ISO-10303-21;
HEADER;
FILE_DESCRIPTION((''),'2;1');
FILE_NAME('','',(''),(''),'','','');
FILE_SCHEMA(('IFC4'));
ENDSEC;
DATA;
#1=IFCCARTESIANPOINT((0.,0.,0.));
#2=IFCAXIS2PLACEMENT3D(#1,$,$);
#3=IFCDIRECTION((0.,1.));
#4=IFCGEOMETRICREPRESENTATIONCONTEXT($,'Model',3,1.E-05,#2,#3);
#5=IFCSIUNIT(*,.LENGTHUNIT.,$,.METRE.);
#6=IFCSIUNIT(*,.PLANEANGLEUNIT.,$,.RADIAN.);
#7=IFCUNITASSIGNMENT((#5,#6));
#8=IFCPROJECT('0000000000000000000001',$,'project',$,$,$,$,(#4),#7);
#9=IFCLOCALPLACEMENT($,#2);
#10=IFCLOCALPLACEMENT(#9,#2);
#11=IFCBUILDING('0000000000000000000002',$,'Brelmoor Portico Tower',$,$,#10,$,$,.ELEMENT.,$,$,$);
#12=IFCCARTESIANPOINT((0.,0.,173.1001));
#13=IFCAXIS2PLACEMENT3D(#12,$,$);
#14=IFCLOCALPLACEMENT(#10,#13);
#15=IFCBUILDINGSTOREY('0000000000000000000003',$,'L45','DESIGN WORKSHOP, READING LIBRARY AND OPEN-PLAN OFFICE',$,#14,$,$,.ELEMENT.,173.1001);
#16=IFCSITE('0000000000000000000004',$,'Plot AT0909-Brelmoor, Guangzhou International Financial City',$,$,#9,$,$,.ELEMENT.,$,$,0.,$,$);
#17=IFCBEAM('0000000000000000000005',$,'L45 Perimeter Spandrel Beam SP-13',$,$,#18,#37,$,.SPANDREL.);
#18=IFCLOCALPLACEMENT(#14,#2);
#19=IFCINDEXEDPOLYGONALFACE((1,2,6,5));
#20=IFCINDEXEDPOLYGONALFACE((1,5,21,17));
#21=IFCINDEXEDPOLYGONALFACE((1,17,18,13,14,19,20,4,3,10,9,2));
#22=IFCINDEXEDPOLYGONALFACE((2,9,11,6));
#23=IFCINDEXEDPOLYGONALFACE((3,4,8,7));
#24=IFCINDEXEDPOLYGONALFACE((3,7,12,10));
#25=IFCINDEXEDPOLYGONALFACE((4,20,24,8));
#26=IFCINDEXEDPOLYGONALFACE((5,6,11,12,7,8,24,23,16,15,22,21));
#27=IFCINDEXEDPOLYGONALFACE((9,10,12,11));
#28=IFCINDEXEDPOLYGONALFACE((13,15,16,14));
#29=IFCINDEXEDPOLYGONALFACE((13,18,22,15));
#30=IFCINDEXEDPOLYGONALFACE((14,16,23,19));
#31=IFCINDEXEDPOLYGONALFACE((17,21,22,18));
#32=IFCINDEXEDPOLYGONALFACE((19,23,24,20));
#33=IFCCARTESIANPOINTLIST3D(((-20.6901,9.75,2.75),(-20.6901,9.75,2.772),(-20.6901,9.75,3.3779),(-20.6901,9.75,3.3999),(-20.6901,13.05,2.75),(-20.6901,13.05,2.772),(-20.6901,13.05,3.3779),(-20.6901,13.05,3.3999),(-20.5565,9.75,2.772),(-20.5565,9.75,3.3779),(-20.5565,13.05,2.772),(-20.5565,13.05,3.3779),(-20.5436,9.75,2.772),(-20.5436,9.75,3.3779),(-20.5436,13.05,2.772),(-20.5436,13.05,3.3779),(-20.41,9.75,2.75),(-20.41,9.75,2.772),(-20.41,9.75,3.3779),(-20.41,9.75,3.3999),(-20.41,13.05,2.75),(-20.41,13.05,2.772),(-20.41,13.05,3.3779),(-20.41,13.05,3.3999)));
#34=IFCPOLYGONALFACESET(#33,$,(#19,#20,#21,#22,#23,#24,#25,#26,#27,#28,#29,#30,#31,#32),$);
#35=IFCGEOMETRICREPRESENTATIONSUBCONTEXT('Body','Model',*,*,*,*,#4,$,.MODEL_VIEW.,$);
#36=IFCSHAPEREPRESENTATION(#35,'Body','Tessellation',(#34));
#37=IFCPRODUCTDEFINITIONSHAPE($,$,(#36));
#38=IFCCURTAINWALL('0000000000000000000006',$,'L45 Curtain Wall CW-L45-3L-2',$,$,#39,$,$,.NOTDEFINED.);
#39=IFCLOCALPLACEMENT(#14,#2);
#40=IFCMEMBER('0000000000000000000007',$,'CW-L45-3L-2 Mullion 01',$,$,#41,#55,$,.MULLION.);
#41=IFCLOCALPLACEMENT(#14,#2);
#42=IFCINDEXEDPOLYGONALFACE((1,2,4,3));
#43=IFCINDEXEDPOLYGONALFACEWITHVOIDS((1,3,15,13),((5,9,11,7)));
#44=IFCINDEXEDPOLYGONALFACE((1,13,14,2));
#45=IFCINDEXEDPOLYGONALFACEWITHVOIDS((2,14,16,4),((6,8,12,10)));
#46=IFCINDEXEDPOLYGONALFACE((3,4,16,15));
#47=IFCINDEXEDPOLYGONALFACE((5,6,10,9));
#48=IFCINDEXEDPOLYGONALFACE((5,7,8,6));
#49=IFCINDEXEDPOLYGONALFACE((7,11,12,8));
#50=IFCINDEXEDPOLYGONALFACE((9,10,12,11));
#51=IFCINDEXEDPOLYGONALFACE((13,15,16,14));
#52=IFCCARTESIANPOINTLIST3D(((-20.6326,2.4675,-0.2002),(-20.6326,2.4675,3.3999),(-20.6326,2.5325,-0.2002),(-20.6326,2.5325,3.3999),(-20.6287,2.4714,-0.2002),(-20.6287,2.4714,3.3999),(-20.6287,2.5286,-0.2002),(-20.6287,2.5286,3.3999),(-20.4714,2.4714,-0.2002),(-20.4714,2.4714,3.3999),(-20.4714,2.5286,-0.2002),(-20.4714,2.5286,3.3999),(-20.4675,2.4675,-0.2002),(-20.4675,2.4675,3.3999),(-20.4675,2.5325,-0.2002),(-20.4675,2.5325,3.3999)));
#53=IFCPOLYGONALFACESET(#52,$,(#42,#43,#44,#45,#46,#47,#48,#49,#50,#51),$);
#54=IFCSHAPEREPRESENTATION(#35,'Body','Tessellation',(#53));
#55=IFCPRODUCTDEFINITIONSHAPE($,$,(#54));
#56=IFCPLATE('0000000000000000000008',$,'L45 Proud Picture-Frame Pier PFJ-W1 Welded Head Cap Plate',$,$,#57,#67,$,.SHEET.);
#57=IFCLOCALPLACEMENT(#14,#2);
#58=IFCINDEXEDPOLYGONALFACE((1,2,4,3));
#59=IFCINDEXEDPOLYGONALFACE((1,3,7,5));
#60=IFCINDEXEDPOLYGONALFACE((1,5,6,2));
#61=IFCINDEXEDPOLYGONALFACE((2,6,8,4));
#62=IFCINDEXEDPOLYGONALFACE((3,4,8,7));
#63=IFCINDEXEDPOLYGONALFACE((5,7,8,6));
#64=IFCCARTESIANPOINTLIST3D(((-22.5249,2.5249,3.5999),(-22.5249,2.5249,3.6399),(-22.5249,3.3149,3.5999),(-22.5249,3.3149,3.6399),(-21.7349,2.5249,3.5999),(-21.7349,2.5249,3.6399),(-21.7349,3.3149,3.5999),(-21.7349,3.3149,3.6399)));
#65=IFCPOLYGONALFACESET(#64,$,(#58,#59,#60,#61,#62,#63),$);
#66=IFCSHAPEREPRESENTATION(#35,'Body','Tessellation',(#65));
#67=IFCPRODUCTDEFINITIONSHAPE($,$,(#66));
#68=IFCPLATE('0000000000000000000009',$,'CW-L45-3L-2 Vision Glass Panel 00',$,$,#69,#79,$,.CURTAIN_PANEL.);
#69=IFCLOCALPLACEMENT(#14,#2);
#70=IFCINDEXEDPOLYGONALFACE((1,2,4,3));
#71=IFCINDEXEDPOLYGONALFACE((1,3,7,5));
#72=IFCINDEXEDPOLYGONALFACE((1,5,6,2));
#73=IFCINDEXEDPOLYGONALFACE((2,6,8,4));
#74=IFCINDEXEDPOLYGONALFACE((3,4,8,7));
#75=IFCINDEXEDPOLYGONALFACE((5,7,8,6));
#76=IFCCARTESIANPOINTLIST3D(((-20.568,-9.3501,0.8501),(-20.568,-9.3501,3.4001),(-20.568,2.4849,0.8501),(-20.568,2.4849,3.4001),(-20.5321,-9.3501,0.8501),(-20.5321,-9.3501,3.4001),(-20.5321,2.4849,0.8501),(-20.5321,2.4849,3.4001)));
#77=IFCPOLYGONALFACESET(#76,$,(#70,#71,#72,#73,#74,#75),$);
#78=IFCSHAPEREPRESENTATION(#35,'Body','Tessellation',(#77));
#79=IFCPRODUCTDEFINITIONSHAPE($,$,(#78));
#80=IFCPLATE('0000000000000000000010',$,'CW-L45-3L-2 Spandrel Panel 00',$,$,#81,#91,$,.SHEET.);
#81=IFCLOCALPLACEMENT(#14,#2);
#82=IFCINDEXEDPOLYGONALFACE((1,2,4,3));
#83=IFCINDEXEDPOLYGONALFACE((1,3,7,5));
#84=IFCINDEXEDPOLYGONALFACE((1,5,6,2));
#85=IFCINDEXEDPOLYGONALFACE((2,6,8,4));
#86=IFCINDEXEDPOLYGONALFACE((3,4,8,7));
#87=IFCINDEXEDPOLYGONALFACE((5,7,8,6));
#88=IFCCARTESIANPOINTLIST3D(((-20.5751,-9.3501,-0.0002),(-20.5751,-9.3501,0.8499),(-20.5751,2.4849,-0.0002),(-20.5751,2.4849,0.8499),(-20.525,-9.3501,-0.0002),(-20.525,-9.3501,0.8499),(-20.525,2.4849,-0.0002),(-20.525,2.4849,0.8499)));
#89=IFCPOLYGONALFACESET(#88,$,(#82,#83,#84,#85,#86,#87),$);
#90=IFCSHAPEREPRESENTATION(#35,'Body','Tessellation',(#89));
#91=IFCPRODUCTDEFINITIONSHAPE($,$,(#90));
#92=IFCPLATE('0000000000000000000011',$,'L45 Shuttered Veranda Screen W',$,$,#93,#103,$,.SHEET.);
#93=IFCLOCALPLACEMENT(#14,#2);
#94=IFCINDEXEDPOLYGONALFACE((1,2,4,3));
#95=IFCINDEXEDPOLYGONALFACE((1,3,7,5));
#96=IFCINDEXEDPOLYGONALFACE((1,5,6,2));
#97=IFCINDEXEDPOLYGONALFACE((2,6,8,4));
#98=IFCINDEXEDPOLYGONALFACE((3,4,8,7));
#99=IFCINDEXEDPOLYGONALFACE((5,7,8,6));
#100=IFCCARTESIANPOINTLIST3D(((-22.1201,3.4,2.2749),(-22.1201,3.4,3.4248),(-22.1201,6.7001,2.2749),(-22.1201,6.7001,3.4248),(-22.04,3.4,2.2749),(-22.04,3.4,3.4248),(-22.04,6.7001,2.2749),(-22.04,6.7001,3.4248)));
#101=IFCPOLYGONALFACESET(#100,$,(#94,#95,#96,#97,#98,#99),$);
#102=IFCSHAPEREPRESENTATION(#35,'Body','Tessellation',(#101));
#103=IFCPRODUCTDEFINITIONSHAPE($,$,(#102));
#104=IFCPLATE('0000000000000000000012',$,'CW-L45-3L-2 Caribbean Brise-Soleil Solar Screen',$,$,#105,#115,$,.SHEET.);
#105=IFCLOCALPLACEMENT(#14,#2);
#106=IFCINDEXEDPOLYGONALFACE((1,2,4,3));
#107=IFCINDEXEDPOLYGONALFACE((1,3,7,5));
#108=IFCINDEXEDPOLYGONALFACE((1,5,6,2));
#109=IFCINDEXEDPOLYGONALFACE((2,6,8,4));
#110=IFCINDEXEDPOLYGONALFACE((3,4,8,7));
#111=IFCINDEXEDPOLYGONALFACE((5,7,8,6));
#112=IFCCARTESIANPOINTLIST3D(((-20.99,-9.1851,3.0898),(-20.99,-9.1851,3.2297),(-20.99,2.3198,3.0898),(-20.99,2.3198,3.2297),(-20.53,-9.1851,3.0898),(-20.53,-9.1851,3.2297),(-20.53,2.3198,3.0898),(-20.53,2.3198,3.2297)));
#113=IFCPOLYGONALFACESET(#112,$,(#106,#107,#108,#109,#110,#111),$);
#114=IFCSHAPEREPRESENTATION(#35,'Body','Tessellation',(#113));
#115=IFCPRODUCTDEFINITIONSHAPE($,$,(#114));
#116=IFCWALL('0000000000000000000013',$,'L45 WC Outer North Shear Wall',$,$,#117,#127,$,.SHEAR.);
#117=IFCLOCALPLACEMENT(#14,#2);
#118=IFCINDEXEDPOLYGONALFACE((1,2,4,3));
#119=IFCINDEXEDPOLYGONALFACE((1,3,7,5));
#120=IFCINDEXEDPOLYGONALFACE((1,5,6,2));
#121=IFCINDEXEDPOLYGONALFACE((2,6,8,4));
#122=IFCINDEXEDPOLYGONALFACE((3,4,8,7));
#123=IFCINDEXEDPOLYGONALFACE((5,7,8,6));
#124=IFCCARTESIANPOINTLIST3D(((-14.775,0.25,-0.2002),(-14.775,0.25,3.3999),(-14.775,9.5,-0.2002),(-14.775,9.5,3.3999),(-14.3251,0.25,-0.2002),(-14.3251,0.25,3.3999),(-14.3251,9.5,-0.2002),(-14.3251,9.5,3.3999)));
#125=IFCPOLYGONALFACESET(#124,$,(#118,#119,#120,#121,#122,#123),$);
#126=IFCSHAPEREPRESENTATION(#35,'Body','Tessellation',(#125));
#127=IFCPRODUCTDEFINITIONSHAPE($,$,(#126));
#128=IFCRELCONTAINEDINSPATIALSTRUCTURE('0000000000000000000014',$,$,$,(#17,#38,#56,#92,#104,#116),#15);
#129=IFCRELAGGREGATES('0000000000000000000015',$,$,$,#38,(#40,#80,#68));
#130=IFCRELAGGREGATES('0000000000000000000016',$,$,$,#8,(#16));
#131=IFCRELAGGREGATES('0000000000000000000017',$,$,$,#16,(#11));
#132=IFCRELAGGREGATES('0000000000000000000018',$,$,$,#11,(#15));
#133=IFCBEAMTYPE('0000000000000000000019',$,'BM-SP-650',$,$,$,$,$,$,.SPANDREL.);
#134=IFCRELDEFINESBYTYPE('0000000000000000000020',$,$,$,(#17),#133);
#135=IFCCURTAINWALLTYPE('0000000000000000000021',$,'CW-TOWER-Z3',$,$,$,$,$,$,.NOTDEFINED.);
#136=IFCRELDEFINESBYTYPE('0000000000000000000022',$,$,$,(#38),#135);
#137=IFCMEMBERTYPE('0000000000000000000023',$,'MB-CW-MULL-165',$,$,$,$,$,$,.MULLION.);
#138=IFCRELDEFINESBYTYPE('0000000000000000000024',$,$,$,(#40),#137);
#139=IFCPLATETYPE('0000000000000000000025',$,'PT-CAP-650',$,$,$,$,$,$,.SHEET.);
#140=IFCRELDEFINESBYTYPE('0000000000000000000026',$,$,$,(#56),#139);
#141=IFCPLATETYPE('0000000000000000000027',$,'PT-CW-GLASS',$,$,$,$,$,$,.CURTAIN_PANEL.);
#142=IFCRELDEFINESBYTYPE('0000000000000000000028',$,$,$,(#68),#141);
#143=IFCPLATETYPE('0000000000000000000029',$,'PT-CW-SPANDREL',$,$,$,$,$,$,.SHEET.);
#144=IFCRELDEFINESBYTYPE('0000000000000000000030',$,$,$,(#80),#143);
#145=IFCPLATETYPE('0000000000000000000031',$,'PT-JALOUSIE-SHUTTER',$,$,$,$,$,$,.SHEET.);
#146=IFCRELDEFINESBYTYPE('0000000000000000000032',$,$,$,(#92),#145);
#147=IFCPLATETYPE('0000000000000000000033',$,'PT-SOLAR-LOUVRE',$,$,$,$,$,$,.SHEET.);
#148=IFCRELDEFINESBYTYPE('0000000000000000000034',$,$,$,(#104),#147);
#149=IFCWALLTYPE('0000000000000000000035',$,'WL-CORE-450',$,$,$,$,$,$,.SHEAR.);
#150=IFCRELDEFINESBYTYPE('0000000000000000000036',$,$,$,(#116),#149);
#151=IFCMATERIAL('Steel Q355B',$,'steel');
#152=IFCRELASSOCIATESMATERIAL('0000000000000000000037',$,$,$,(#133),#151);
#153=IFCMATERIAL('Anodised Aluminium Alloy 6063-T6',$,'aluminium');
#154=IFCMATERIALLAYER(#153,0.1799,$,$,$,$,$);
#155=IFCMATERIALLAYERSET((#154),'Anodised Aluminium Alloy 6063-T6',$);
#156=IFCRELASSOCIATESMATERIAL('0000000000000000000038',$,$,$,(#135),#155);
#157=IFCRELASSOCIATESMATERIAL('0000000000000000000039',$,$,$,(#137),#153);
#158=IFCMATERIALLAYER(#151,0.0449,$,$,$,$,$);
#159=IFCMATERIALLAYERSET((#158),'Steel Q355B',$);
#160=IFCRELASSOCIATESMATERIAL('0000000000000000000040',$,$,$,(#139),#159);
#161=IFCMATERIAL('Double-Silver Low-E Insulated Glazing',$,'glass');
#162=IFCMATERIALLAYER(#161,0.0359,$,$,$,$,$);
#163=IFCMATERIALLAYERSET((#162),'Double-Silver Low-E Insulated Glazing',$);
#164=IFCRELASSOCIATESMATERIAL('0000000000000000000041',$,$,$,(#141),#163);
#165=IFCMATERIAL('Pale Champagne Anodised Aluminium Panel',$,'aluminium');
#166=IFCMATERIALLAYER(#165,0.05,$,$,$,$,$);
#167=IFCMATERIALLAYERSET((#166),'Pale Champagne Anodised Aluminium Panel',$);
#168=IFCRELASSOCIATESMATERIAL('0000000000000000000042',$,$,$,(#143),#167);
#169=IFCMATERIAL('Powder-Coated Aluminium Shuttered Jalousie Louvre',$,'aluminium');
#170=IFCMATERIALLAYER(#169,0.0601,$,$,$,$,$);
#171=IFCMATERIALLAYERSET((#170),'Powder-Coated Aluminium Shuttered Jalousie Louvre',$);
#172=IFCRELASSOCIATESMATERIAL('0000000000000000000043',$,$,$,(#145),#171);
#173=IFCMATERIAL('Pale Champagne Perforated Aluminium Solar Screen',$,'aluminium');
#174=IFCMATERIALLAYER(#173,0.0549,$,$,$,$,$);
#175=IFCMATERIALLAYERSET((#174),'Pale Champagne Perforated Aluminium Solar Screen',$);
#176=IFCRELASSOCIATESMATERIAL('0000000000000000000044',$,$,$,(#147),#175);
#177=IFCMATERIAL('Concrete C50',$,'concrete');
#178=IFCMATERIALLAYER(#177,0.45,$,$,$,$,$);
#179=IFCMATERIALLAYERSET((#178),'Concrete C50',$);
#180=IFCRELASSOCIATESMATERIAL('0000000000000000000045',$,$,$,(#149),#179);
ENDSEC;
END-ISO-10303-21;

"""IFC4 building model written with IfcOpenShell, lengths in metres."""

from ifc_helpers import new_model, si_unit, direction, frame, frame_2d, origin, origin_2d, place, context, subcontext, project, spatial, rectangle, hollow_rectangle, i_section, extrude, material, layer, layer_set, material_profile, profile_set, type_object, element, aggregate, save


model = new_model("IFC4")

# Units and contexts
model_context = context("Model", 3, precision=1e-05, world=origin(), true_north=direction((0.0, 1.0)))
body_context = subcontext(model_context, "Body", "Model", "MODEL_VIEW")
ifc_project = project(units=[si_unit("LENGTHUNIT", "METRE"), si_unit("PLANEANGLEUNIT", "RADIAN")], contexts=[model_context])

# Site, building, storey
site_placement = place(None, origin())
site = spatial("IfcSite", under=ifc_project, at=site_placement, Name="Plot AT0909-Brelmoor, Guangzhou International Financial City", CompositionType="ELEMENT", RefElevation=0.0)
building_placement = place(site_placement, origin())
building = spatial("IfcBuilding", under=site, at=building_placement, Name="Brelmoor Portico Tower", CompositionType="ELEMENT")
storey_placement = place(building_placement, frame((0.0, 0.0, 173.1001)))
storey = spatial("IfcBuildingStorey", under=building, at=storey_placement, Name="L45", Description="DESIGN WORKSHOP, READING LIBRARY AND OPEN-PLAN OFFICE", CompositionType="ELEMENT", Elevation=173.1001)

# Shared definitions
ifc_material_1 = material(Name="Steel Q355B", Category="steel")

# Beam
ifc_material_profile_1 = material_profile(ifc_material_1, i_section(OverallWidth=0.28, OverallDepth=0.6499, WebThickness=0.0129, FlangeThickness=0.022, at=origin_2d()), Name="HN 650x280x13x22")
ifc_profile_set_1 = profile_set([ifc_material_profile_1], Name="Steel Q355B")
beam_type_1 = type_object("IfcBeamType", Name="BM-SP-650", PredefinedType="SPANDREL", material=ifc_profile_set_1)
beam_1_placement = place(storey_placement, frame((-20.55, 9.75, 3.075), z_axis=(0.0, 1.0, 0.0), x_axis=(-1.0, 0.0, 0.0)))
element("IfcBeam", 1, at=beam_1_placement, inside=storey, type_object=beam_type_1, Name="L45 Perimeter Spandrel Beam SP-13", PredefinedType="SPANDREL", context=body_context, shape_type="SweptSolid", body=[
    extrude(i_section(OverallWidth=0.28, OverallDepth=0.6499, WebThickness=0.0129, FlangeThickness=0.022, at=origin_2d()), origin(), (0.0, 0.0, 1.0), 3.3),
])

# Curtain wall, member
ifc_material_2 = material(Name="Anodised Aluminium Alloy 6063-T6", Category="aluminium")
ifc_layer_1 = layer(ifc_material_2, 0.1799)
ifc_layer_set_1 = layer_set([ifc_layer_1], Name="Anodised Aluminium Alloy 6063-T6")
curtain_wall_type = type_object("IfcCurtainWallType", Name="CW-TOWER-Z3", PredefinedType="NOTDEFINED", material=ifc_layer_set_1)
curtain_wall_placement = place(storey_placement, origin())
curtain_wall = element("IfcCurtainWall", 2, at=curtain_wall_placement, inside=storey, type_object=curtain_wall_type, Name="L45 Curtain Wall CW-L45-3L-2", PredefinedType="NOTDEFINED")
ifc_material_profile_2 = material_profile(ifc_material_2, hollow_rectangle(XDim=0.0649, YDim=0.165, WallThickness=0.0039, at=origin_2d()), Name="ALU MULLION 65x165")
ifc_profile_set_2 = profile_set([ifc_material_profile_2], Name="Anodised Aluminium Alloy 6063-T6")
member_type = type_object("IfcMemberType", Name="MB-CW-MULL-165", PredefinedType="MULLION", material=ifc_profile_set_2)
member_placement = place(storey_placement, frame((-20.55, 2.5, -0.2002), z_axis=(0.0, 0.0, 1.0), x_axis=(0.0, 1.0, 0.0)))
member = element("IfcMember", 3, at=member_placement, type_object=member_type, Name="CW-L45-3L-2 Mullion 01", PredefinedType="MULLION", context=body_context, shape_type="SweptSolid", body=[
    extrude(hollow_rectangle(XDim=0.0649, YDim=0.165, WallThickness=0.0039, at=origin_2d()), origin(), (0.0, 0.0, 1.0), 3.6001),
])

# Plates
ifc_layer_2 = layer(ifc_material_1, 0.0449)
ifc_layer_set_2 = layer_set([ifc_layer_2], Name="Steel Q355B")
plate_type_1 = type_object("IfcPlateType", Name="PT-CAP-650", PredefinedType="SHEET", material=ifc_layer_set_2)
plate_1_placement = place(storey_placement, frame((-22.1299, 2.9199, 3.5999), z_axis=(0.0, 0.0, 1.0), x_axis=(0.0, 1.0, 0.0)))
element("IfcPlate", 4, at=plate_1_placement, inside=storey, type_object=plate_type_1, Name="L45 Proud Picture-Frame Pier PFJ-W1 Welded Head Cap Plate", PredefinedType="SHEET", context=body_context, shape_type="SweptSolid", body=[
    extrude(rectangle(XDim=0.79, YDim=0.79, at=origin_2d()), origin(), (0.0, 0.0, 1.0), 0.04),
])
ifc_material_3 = material(Name="Double-Silver Low-E Insulated Glazing", Category="glass")
ifc_layer_3 = layer(ifc_material_3, 0.0359)
ifc_layer_set_3 = layer_set([ifc_layer_3], Name="Double-Silver Low-E Insulated Glazing")
plate_type_2 = type_object("IfcPlateType", Name="PT-CW-GLASS", PredefinedType="CURTAIN_PANEL", material=ifc_layer_set_3)
plate_2_placement = place(storey_placement, frame((-20.55, -3.4326, 0.8501), z_axis=(0.0, 0.0, 1.0), x_axis=(0.0, 1.0, 0.0)))
plate_2 = element("IfcPlate", 5, at=plate_2_placement, type_object=plate_type_2, Name="CW-L45-3L-2 Vision Glass Panel 00", PredefinedType="CURTAIN_PANEL", context=body_context, shape_type="SweptSolid", body=[
    extrude(rectangle(XDim=11.835, YDim=0.0359, at=origin_2d()), origin(), (0.0, 0.0, 1.0), 2.55),
])
ifc_material_4 = material(Name="Pale Champagne Anodised Aluminium Panel", Category="aluminium")
ifc_layer_4 = layer(ifc_material_4, 0.05)
ifc_layer_set_4 = layer_set([ifc_layer_4], Name="Pale Champagne Anodised Aluminium Panel")
plate_type_3 = type_object("IfcPlateType", Name="PT-CW-SPANDREL", PredefinedType="SHEET", material=ifc_layer_set_4)
plate_3_placement = place(storey_placement, frame((-20.55, -3.4326, -0.0002), z_axis=(0.0, 0.0, 1.0), x_axis=(0.0, 1.0, 0.0)))
plate_3 = element("IfcPlate", 6, at=plate_3_placement, type_object=plate_type_3, Name="CW-L45-3L-2 Spandrel Panel 00", PredefinedType="SHEET", context=body_context, shape_type="SweptSolid", body=[
    extrude(rectangle(XDim=11.835, YDim=0.05, at=origin_2d()), origin(), (0.0, 0.0, 1.0), 0.8501),
])
aggregate(curtain_wall, [member, plate_3, plate_2])

# Plates
ifc_material_5 = material(Name="Powder-Coated Aluminium Shuttered Jalousie Louvre", Category="aluminium")
ifc_layer_5 = layer(ifc_material_5, 0.0601)
ifc_layer_set_5 = layer_set([ifc_layer_5], Name="Powder-Coated Aluminium Shuttered Jalousie Louvre")
plate_type_4 = type_object("IfcPlateType", Name="PT-JALOUSIE-SHUTTER", PredefinedType="SHEET", material=ifc_layer_set_5)
plate_4_placement = place(storey_placement, frame((-22.0801, 5.05, 2.2749), z_axis=(0.0, 0.0, 1.0), x_axis=(0.0, 1.0, 0.0)))
element("IfcPlate", 7, at=plate_4_placement, inside=storey, type_object=plate_type_4, Name="L45 Shuttered Veranda Screen W", PredefinedType="SHEET", context=body_context, shape_type="SweptSolid", body=[
    extrude(rectangle(XDim=3.3, YDim=0.0801, at=origin_2d()), origin(), (0.0, 0.0, 1.0), 1.1499),
])
ifc_material_6 = material(Name="Pale Champagne Perforated Aluminium Solar Screen", Category="aluminium")
ifc_layer_6 = layer(ifc_material_6, 0.0549)
ifc_layer_set_6 = layer_set([ifc_layer_6], Name="Pale Champagne Perforated Aluminium Solar Screen")
plate_type_5 = type_object("IfcPlateType", Name="PT-SOLAR-LOUVRE", PredefinedType="SHEET", material=ifc_layer_set_6)
plate_5_placement = place(storey_placement, frame((-20.76, -3.4326, 3.0898), z_axis=(0.0, 0.0, 1.0), x_axis=(0.0, 1.0, 0.0)))
element("IfcPlate", 8, at=plate_5_placement, inside=storey, type_object=plate_type_5, Name="CW-L45-3L-2 Caribbean Brise-Soleil Solar Screen", PredefinedType="SHEET", context=body_context, shape_type="SweptSolid", body=[
    extrude(rectangle(XDim=11.5049, YDim=0.46, at=origin_2d()), origin(), (0.0, 0.0, 1.0), 0.1399),
])

# Wall
ifc_material_7 = material(Name="Concrete C50", Category="concrete")
ifc_layer_7 = layer(ifc_material_7, 0.45)
ifc_layer_set_7 = layer_set([ifc_layer_7], Name="Concrete C50")
wall_type_1 = type_object("IfcWallType", Name="WL-CORE-450", PredefinedType="SHEAR", material=ifc_layer_set_7)
wall_1_placement = place(storey_placement, frame((-14.55, 0.25, -0.2002), z_axis=(0.0, 0.0, 1.0), x_axis=(0.0, 1.0, 0.0)))
element("IfcWall", 9, at=wall_1_placement, inside=storey, type_object=wall_type_1, Name="L45 WC Outer North Shear Wall", PredefinedType="SHEAR", context=body_context, shape_type="SweptSolid", body=[
    extrude(rectangle(XDim=9.25, YDim=0.45, at=frame_2d((4.625, 0.0))), origin(), (0.0, 0.0, 1.0), 3.6001),
])

save(model, "model.ifc")
